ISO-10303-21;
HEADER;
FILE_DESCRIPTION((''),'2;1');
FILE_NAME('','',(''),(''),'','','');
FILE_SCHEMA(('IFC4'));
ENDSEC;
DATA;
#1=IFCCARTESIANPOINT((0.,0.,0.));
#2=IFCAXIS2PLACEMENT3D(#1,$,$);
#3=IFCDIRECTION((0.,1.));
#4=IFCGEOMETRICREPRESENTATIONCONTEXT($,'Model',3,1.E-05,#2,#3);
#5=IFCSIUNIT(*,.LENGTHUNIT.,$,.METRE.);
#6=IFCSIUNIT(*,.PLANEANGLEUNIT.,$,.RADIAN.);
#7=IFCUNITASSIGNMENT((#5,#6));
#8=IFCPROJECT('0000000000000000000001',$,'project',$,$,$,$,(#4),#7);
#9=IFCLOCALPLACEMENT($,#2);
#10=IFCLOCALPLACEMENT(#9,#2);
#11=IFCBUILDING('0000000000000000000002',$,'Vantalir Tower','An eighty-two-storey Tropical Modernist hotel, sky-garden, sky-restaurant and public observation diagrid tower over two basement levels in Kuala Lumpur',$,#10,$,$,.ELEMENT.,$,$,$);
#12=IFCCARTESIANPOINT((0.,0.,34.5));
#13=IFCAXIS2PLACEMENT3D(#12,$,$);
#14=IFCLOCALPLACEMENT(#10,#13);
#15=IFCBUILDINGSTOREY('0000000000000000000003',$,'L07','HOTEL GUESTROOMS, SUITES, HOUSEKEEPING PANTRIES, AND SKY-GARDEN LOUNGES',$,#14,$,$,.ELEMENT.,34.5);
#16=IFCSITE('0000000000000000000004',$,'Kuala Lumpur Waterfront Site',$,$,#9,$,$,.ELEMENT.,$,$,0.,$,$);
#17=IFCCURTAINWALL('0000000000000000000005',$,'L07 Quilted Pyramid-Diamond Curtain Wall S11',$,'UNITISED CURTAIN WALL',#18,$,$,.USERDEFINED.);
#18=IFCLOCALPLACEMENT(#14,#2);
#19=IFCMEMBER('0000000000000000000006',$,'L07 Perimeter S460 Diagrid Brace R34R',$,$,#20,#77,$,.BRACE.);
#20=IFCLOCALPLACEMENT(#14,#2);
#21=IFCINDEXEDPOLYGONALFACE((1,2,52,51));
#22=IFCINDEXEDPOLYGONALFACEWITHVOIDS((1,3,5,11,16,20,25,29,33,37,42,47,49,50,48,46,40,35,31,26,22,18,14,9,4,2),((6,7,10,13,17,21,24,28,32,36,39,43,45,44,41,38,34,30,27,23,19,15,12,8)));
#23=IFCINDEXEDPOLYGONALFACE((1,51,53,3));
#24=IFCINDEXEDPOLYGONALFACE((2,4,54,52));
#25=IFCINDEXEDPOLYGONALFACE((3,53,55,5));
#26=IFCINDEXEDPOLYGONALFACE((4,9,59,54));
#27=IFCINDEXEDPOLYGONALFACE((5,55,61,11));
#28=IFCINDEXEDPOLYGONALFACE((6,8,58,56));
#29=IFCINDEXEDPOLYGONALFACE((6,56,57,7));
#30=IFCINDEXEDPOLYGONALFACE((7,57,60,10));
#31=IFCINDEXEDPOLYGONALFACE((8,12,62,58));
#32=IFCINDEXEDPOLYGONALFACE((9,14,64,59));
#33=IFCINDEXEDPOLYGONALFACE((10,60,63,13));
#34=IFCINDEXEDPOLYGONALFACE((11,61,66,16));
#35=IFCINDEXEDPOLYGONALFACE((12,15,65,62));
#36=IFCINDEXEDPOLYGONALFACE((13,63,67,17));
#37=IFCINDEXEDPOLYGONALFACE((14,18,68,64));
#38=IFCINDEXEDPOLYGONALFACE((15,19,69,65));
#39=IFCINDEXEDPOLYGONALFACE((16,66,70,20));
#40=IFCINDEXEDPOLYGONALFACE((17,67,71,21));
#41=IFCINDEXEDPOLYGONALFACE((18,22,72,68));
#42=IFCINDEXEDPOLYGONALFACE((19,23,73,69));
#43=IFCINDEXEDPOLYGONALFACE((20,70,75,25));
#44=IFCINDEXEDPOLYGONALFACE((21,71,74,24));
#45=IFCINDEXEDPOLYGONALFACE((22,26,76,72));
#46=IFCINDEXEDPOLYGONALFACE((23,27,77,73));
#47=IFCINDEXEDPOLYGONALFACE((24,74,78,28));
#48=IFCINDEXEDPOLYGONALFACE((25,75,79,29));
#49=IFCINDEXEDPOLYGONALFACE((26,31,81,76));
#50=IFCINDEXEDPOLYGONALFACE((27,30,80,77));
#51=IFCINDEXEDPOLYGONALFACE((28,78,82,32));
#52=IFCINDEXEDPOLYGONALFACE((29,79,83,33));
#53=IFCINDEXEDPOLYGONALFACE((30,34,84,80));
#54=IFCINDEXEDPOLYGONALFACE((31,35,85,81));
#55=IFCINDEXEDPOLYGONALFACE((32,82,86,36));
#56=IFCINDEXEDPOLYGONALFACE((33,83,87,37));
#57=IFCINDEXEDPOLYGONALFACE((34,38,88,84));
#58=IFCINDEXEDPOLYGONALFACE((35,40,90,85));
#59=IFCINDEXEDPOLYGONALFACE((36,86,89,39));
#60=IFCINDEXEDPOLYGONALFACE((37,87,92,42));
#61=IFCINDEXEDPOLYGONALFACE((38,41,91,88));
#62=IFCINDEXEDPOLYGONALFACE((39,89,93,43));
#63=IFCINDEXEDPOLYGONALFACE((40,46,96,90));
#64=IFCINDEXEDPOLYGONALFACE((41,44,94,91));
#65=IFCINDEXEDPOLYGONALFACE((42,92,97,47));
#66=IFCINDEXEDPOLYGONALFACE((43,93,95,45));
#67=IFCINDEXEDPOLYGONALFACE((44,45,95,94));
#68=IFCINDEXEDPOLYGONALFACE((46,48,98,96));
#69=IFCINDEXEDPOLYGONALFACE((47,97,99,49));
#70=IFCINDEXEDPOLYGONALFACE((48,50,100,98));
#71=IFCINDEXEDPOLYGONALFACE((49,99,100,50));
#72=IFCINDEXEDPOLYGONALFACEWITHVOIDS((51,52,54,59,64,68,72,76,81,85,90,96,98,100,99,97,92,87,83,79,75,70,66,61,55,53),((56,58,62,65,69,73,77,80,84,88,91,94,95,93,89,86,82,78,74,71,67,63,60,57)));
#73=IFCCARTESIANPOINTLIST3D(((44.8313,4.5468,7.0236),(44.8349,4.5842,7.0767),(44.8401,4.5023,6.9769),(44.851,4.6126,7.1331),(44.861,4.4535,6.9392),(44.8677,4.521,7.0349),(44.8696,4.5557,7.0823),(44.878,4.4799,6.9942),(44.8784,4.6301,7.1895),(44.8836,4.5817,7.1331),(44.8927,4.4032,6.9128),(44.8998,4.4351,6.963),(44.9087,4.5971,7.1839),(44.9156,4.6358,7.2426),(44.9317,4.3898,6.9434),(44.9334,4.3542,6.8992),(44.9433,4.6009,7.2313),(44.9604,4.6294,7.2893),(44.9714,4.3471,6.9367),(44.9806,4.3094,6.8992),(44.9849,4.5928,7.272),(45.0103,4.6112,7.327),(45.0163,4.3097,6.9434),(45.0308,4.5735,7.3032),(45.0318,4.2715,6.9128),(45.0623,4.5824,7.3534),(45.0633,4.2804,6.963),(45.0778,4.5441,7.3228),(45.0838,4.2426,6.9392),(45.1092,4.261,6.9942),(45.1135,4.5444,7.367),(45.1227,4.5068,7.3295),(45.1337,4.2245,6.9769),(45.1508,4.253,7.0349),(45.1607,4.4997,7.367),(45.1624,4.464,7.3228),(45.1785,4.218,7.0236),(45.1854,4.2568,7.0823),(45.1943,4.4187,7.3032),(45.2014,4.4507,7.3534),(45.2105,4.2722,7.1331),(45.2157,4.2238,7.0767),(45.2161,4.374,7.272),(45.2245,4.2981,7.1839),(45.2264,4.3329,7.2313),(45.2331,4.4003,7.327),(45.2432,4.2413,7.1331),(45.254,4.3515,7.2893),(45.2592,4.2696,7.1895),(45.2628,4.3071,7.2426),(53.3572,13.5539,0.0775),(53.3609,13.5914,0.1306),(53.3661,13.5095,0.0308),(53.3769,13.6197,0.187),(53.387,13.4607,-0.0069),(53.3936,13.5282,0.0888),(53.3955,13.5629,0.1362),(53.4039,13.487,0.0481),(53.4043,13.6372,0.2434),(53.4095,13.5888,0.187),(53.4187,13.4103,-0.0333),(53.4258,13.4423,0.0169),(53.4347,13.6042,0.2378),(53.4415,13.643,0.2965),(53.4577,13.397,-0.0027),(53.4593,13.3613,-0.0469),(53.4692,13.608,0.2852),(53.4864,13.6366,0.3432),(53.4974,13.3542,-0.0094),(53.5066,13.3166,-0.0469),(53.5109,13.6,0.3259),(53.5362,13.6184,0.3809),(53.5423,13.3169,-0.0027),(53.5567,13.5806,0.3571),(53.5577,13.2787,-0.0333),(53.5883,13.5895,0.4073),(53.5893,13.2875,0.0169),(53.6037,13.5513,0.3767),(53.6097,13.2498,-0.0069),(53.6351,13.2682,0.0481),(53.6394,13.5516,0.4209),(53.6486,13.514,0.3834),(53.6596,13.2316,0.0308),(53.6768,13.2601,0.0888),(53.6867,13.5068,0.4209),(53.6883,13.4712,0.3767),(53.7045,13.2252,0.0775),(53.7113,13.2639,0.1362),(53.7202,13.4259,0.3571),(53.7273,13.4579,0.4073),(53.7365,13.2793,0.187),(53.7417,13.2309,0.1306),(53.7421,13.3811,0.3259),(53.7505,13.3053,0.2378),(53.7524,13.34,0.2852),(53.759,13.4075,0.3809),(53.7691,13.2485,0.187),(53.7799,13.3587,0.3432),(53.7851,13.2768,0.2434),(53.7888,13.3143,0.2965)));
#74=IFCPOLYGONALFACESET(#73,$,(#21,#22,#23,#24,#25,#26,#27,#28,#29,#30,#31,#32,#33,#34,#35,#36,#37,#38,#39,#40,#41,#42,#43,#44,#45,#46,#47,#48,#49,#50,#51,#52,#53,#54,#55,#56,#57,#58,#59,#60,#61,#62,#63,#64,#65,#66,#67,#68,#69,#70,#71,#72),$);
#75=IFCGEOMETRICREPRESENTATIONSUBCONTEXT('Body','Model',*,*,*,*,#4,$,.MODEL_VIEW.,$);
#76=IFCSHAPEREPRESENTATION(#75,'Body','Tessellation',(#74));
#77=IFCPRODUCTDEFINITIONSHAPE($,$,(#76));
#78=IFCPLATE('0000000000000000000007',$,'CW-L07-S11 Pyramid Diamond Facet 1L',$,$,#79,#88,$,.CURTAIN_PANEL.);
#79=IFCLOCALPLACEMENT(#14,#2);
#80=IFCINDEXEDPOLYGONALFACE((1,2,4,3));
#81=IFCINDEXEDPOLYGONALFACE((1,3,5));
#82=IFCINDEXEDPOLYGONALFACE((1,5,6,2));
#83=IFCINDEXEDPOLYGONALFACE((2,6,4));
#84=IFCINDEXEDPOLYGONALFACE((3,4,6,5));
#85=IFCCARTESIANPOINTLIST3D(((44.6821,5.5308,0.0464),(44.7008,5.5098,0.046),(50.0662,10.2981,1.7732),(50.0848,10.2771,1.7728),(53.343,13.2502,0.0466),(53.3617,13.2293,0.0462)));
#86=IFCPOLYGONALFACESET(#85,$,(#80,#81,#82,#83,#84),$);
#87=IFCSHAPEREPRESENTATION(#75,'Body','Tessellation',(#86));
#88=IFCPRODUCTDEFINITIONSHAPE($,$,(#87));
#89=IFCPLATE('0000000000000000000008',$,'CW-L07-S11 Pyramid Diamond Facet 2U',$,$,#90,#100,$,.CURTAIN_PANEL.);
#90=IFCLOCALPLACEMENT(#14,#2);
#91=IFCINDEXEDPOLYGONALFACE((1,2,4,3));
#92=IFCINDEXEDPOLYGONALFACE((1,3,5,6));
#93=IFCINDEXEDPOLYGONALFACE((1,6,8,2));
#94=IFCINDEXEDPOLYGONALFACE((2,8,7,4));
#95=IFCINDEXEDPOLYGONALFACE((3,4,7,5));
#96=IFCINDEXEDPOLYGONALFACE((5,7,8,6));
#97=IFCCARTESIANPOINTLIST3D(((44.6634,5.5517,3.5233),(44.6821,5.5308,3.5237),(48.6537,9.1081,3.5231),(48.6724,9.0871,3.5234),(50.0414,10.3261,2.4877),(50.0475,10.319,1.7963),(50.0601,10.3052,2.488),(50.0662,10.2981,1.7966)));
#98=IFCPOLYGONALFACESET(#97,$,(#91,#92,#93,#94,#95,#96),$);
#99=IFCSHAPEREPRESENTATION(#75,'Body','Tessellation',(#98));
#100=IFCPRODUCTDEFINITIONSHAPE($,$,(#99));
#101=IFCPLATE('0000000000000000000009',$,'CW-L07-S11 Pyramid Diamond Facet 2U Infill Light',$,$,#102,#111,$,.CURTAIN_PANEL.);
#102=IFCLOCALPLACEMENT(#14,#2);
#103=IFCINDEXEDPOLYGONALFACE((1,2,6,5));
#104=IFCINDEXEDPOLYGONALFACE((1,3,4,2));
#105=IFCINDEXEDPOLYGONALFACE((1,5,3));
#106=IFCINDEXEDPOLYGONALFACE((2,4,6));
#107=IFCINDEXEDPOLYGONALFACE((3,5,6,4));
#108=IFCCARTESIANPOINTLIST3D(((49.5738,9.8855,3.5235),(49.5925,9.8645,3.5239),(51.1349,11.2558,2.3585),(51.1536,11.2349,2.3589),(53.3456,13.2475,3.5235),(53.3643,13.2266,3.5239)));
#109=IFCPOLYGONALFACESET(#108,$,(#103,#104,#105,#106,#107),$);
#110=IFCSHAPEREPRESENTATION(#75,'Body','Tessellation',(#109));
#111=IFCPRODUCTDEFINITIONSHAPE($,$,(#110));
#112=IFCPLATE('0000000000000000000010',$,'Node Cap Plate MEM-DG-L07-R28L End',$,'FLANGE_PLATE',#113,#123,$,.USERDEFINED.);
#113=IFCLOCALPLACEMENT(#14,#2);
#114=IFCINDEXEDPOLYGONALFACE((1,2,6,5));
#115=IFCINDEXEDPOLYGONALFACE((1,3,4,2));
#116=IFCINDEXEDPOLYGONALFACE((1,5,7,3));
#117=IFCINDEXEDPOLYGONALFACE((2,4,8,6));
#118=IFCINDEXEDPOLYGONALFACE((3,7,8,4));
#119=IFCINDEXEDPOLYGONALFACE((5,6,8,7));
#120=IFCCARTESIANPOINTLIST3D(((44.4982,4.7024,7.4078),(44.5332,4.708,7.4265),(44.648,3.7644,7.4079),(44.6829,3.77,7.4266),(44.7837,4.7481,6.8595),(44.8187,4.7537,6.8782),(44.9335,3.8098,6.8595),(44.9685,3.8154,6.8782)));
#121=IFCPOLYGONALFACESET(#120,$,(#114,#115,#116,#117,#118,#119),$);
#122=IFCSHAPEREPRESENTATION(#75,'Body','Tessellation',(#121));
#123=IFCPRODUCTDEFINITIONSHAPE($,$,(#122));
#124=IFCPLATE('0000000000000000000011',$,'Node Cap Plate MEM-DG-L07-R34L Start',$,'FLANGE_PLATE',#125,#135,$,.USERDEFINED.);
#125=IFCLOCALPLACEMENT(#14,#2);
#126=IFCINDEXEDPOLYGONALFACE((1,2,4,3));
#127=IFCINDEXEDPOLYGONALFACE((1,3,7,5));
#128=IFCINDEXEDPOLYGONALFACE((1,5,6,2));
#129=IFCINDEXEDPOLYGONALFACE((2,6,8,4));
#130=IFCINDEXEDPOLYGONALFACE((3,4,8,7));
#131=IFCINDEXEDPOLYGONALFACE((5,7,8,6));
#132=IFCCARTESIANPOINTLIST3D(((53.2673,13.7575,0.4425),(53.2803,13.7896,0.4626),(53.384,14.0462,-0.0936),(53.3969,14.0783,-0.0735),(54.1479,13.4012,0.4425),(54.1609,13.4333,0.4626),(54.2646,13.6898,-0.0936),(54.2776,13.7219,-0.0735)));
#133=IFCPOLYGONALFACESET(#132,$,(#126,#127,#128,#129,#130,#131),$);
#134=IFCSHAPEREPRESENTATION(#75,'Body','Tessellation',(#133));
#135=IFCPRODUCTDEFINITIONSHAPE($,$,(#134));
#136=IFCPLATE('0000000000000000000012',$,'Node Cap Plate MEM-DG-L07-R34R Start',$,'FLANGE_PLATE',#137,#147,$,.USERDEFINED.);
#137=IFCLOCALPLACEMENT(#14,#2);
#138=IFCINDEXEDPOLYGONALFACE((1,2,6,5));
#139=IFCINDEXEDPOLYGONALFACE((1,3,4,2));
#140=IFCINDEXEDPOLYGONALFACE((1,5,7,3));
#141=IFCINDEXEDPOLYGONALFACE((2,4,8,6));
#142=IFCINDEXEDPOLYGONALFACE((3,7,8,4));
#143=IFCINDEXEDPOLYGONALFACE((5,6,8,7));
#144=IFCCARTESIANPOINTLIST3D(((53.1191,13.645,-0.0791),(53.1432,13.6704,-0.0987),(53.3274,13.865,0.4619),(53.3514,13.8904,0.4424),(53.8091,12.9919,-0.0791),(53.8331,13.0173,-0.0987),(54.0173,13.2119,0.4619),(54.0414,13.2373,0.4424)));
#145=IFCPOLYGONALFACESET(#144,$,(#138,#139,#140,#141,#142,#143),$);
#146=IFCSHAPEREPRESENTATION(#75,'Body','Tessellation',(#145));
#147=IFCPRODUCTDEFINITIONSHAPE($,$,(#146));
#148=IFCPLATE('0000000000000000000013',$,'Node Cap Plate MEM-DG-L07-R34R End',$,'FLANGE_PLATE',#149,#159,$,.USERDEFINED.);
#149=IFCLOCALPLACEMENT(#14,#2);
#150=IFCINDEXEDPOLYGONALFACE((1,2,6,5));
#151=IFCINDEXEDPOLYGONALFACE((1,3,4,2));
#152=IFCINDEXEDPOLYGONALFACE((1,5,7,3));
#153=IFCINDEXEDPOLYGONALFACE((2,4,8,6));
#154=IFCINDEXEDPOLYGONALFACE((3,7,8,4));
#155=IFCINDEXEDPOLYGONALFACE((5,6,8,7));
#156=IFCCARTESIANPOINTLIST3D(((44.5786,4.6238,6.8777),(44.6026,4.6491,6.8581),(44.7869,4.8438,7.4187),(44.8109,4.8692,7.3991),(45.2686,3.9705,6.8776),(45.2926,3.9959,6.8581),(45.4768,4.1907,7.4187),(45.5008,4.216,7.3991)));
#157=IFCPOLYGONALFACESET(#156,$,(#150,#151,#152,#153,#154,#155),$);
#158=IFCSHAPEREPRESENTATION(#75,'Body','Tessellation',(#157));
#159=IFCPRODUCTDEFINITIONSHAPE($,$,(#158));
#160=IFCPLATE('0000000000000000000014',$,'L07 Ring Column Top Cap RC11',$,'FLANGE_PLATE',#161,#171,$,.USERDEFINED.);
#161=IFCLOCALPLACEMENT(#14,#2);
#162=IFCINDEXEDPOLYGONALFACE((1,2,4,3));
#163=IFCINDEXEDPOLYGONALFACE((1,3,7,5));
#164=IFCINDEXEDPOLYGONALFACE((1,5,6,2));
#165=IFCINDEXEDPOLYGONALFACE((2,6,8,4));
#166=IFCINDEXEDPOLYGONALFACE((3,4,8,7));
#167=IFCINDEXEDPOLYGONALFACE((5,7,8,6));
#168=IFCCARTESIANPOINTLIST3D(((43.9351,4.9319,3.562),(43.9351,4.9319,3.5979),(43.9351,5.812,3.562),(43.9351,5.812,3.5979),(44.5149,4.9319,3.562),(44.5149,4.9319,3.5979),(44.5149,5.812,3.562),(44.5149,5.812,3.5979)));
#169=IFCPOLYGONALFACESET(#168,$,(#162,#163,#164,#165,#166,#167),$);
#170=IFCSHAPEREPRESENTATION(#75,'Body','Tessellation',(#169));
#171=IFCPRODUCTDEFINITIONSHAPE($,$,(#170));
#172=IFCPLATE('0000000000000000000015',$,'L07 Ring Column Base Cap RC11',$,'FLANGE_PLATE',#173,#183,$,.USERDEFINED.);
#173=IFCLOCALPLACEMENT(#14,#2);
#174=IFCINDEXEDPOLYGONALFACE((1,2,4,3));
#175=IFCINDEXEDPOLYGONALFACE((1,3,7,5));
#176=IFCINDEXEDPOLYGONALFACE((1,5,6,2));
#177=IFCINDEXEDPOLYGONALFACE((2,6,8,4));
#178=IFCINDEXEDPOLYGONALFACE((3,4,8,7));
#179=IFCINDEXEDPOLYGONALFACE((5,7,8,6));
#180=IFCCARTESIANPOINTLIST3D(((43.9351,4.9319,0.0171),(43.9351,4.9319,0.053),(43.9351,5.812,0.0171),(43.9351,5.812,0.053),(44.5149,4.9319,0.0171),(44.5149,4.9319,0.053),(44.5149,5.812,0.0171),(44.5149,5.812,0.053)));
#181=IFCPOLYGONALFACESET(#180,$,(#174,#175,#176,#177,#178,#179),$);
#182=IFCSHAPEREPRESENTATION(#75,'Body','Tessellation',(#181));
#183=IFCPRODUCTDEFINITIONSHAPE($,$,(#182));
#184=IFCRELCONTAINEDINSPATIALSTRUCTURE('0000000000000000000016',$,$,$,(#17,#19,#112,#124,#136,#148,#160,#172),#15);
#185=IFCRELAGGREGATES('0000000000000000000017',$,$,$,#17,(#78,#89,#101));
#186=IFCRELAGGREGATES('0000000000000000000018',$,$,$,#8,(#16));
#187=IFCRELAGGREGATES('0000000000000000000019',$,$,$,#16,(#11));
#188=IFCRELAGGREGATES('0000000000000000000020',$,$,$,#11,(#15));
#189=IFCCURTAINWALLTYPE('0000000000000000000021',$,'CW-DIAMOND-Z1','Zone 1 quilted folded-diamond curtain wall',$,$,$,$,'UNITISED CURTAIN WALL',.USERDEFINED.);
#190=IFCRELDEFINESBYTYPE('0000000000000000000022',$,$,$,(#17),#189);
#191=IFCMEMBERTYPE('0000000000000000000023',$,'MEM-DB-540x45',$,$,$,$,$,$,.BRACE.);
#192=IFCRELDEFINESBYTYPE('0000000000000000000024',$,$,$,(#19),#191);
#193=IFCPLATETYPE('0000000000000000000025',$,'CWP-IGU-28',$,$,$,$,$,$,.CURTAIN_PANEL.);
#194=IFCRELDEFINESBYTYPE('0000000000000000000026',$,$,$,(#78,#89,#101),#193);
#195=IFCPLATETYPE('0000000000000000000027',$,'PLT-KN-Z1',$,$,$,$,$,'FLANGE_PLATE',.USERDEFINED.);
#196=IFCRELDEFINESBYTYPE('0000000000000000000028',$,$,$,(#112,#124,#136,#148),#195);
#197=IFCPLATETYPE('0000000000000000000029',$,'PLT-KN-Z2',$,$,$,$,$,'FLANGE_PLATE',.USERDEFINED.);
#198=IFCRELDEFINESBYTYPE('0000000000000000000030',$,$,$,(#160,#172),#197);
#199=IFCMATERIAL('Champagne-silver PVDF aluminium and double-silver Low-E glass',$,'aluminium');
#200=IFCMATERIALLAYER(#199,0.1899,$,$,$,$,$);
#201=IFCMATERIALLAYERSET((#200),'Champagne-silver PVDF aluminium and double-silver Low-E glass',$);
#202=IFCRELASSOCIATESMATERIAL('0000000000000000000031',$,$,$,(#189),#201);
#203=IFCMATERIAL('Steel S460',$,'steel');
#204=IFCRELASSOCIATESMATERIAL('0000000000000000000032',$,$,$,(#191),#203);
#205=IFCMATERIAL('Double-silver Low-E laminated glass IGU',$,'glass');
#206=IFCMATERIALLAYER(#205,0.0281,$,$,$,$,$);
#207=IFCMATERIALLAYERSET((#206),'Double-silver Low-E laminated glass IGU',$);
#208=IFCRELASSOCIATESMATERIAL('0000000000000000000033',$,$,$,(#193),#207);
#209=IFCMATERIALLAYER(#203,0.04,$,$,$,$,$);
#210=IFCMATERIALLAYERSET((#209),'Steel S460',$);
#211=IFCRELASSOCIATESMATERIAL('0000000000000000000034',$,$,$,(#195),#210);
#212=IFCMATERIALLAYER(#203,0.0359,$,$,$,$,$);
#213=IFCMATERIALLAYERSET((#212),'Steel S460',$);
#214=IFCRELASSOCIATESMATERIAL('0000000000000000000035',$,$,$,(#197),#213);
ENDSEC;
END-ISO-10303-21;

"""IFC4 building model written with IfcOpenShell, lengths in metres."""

from ifc_helpers import new_model, si_unit, direction, frame, origin, origin_2d, place, context, subcontext, project, spatial, polyline, hollow_circle, outline, extrude, material, layer, layer_set, material_profile, profile_set, type_object, element, aggregate, save


model = new_model("IFC4")

# Units and contexts
model_context = context("Model", 3, precision=1e-05, world=origin(), true_north=direction((0.0, 1.0)))
body_context = subcontext(model_context, "Body", "Model", "MODEL_VIEW")
ifc_project = project(units=[si_unit("LENGTHUNIT", "METRE"), si_unit("PLANEANGLEUNIT", "RADIAN")], contexts=[model_context])

# Site, building, storey
site_placement = place(None, origin())
site = spatial("IfcSite", under=ifc_project, at=site_placement, Name="Kuala Lumpur Waterfront Site", CompositionType="ELEMENT", RefElevation=0.0)
building_placement = place(site_placement, origin())
building = spatial("IfcBuilding", under=site, at=building_placement, Name="Vantalir Tower", Description="An eighty-two-storey Tropical Modernist hotel, sky-garden, sky-restaurant and public observation diagrid tower over two basement levels in Kuala Lumpur", CompositionType="ELEMENT")
storey_placement = place(building_placement, frame((0.0, 0.0, 34.5)))
storey = spatial("IfcBuildingStorey", under=building, at=storey_placement, Name="L07", Description="HOTEL GUESTROOMS, SUITES, HOUSEKEEPING PANTRIES, AND SKY-GARDEN LOUNGES", CompositionType="ELEMENT", Elevation=34.5)

# Shared definitions
ifc_material_1 = material(Name="Steel S460", Category="steel")

# Shared definitions
ifc_material_2 = material(Name="Champagne-silver PVDF aluminium and double-silver Low-E glass", Category="aluminium")
ifc_layer_1 = layer(ifc_material_2, 0.1899)
ifc_layer_set_1 = layer_set([ifc_layer_1], Name="Champagne-silver PVDF aluminium and double-silver Low-E glass")
curtain_wall_type = type_object("IfcCurtainWallType", Name="CW-DIAMOND-Z1", Description="Zone 1 quilted folded-diamond curtain wall", ElementType="UNITISED CURTAIN WALL", PredefinedType="USERDEFINED", material=ifc_layer_set_1)

# Curtain wall
curtain_wall_1_placement = place(storey_placement, origin())
curtain_wall_1 = element("IfcCurtainWall", 1, at=curtain_wall_1_placement, inside=storey, type_object=curtain_wall_type, Name="L07 Quilted Pyramid-Diamond Curtain Wall S11", ObjectType="UNITISED CURTAIN WALL", PredefinedType="USERDEFINED")

# Member
ifc_material_profile_1 = material_profile(ifc_material_1, hollow_circle(Radius=0.27, WallThickness=0.0449, at=origin_2d()), Name="Steel S460")
ifc_profile_set_1 = profile_set([ifc_material_profile_1], Name="Steel S460")
member_type_1 = type_object("IfcMemberType", Name="MEM-DB-540x45", PredefinedType="BRACE", material=ifc_profile_set_1)
member_1_placement = place(storey_placement, frame((53.573, 13.4341, 0.187), z_axis=(-0.599781, -0.633633, 0.488643), x_axis=(0.72624, -0.687441, 0.0)))
element("IfcMember", 2, at=member_1_placement, inside=storey, type_object=member_type_1, Name="L07 Perimeter S460 Diagrid Brace R34R", PredefinedType="BRACE", context=body_context, shape_type="SweptSolid", body=[
    extrude(hollow_circle(Radius=0.27, WallThickness=0.0449, at=origin_2d()), origin(), (0.0, 0.0, 1.0), 14.2151),
])

# Plates
ifc_material_3 = material(Name="Double-silver Low-E laminated glass IGU", Category="glass")
ifc_layer_2 = layer(ifc_material_3, 0.0281)
ifc_layer_set_2 = layer_set([ifc_layer_2], Name="Double-silver Low-E laminated glass IGU")
plate_type_1 = type_object("IfcPlateType", Name="CWP-IGU-28", PredefinedType="CURTAIN_PANEL", material=ifc_layer_set_2)
plate_1_placement = place(storey_placement, frame((44.6821, 5.5308, 0.0464), z_axis=(-0.665309, 0.746444, 0.013607), x_axis=(0.746513, 0.66537, 0.000021)))
plate_1 = element("IfcPlate", 3, at=plate_1_placement, type_object=plate_type_1, Name="CW-L07-S11 Pyramid Diamond Facet 1L", PredefinedType="CURTAIN_PANEL", context=body_context, shape_type="SweptSolid", body=[
    extrude(outline(polyline([(0.0, 0.0), (11.6018, 0.0), (7.1913, -1.7268), (0.0, 0.0)])), origin(), (0.0, 0.0, -1.0), 0.0281),
])
plate_2_placement = place(storey_placement, frame((44.6821, 5.5308, 3.5237), z_axis=(0.665296, -0.746457, 0.013537), x_axis=(0.746526, 0.665356, -0.000046)))
plate_2 = element("IfcPlate", 4, at=plate_2_placement, type_object=plate_type_1, Name="CW-L07-S11 Pyramid Diamond Facet 2U", PredefinedType="CURTAIN_PANEL", context=body_context, shape_type="SweptSolid", body=[
    extrude(outline(polyline([(0.0, 0.0), (5.3451, 0.0), (7.1915, -1.0354), (7.1914, -1.7269), (0.0, 0.0)])), origin(), (0.0, 0.0, -1.0), 0.0281),
])
plate_3_placement = place(storey_placement, frame((49.5925, 9.8645, 3.5239), z_axis=(0.665343, -0.746415, 0.013532), x_axis=(0.746484, 0.665404, 0.0)))
plate_3 = element("IfcPlate", 5, at=plate_3_placement, type_object=plate_type_1, Name="CW-L07-S11 Pyramid Diamond Facet 2U Infill Light", PredefinedType="CURTAIN_PANEL", context=body_context, shape_type="SweptSolid", body=[
    extrude(outline(polyline([(0.0, 0.0), (5.0527, 0.0), (2.0771, -1.1651), (0.0, 0.0)])), origin(), (0.0, 0.0, -1.0), 0.0281),
])
aggregate(curtain_wall_1, [plate_1, plate_2, plate_3])

# Plates
ifc_layer_3 = layer(ifc_material_1, 0.04)
ifc_layer_set_3 = layer_set([ifc_layer_3], Name="Steel S460")
plate_type_2 = type_object("IfcPlateType", Name="PLT-KN-Z1", ElementType="FLANGE_PLATE", PredefinedType="USERDEFINED", material=ifc_layer_set_3)
plate_4_placement = place(storey_placement, frame((44.9685, 3.8154, 6.8782), z_axis=(0.873502, 0.139465, 0.466416), x_axis=(-0.157688, 0.987489, 0.000044)))
element("IfcPlate", 6, at=plate_4_placement, inside=storey, type_object=plate_type_2, Name="Node Cap Plate MEM-DG-L07-R28L End", ObjectType="FLANGE_PLATE", PredefinedType="USERDEFINED", context=body_context, shape_type="SweptSolid", body=[
    extrude(outline(polyline([(0.0, 0.0), (0.9501, 0.0), (0.9501, 0.6199), (0.0002, 0.6199), (0.0, 0.0)])), origin(), (0.0, 0.0, -1.0), 0.04),
])
plate_5_placement = place(storey_placement, frame((54.2776, 13.7219, -0.0735), z_axis=(0.324349, 0.801593, 0.502242), x_axis=(-0.926978, 0.375115, -0.000052)))
element("IfcPlate", 7, at=plate_5_placement, inside=storey, type_object=plate_type_2, Name="Node Cap Plate MEM-DG-L07-R34L Start", ObjectType="FLANGE_PLATE", PredefinedType="USERDEFINED", context=body_context, shape_type="SweptSolid", body=[
    extrude(outline(polyline([(0.0, 0.0), (0.95, 0.0), (0.9498, 0.6201), (-0.0001, 0.6199), (0.0, 0.0)])), origin(), (0.0, 0.0, -1.0), 0.04),
])
plate_6_placement = place(storey_placement, frame((53.1191, 13.645, -0.0791), z_axis=(-0.59982, -0.633679, 0.488534), x_axis=(0.726243, -0.687438, 0.0)))
element("IfcPlate", 8, at=plate_6_placement, inside=storey, type_object=plate_type_2, Name="Node Cap Plate MEM-DG-L07-R34R Start", ObjectType="FLANGE_PLATE", PredefinedType="USERDEFINED", context=body_context, shape_type="SweptSolid", body=[
    extrude(outline(polyline([(0.0, 0.0), (0.95, 0.0), (0.95, 0.62), (0.0, 0.62), (0.0, 0.0)])), origin(), (0.0, 0.0, -1.0), 0.04),
])
plate_7_placement = place(storey_placement, frame((44.5786, 4.6238, 6.8777), z_axis=(-0.599838, -0.633579, 0.488643), x_axis=(0.726164, -0.687522, -0.00004)))
element("IfcPlate", 9, at=plate_7_placement, inside=storey, type_object=plate_type_2, Name="Node Cap Plate MEM-DG-L07-R34R End", ObjectType="FLANGE_PLATE", PredefinedType="USERDEFINED", context=body_context, shape_type="SweptSolid", body=[
    extrude(outline(polyline([(0.0, 0.0), (0.9502, 0.0), (0.95, 0.6201), (0.0, 0.62), (0.0, 0.0)])), origin(), (0.0, 0.0, -1.0), 0.04),
])
ifc_layer_4 = layer(ifc_material_1, 0.0359)
ifc_layer_set_4 = layer_set([ifc_layer_4], Name="Steel S460")
plate_type_3 = type_object("IfcPlateType", Name="PLT-KN-Z2", ElementType="FLANGE_PLATE", PredefinedType="USERDEFINED", material=ifc_layer_set_4)
for number, where, z_axis, x_axis, name in (
    (10, (43.9351, 5.812, 3.5979), (0.0, 0.0, 1.0), (0.0, -1.0, 0.0), "L07 Ring Column Top Cap RC11"),
    (11, (43.9351, 5.812, 0.053), (0.0, 0.0, 1.0), (0.0, -1.0, 0.0), "L07 Ring Column Base Cap RC11"),
):
    element("IfcPlate", number, at=place(storey_placement, frame(where, z_axis=z_axis, x_axis=x_axis)), inside=storey, type_object=plate_type_3, Name=name, ObjectType="FLANGE_PLATE", PredefinedType="USERDEFINED", context=body_context, shape_type="SweptSolid", body=[
        extrude(outline(polyline([(0.0, 0.0), (0.8801, 0.0), (0.8801, 0.5798), (0.0, 0.5798), (0.0, 0.0)])), origin(), (0.0, 0.0, -1.0), 0.0359),
    ])

save(model, "model.ifc")
